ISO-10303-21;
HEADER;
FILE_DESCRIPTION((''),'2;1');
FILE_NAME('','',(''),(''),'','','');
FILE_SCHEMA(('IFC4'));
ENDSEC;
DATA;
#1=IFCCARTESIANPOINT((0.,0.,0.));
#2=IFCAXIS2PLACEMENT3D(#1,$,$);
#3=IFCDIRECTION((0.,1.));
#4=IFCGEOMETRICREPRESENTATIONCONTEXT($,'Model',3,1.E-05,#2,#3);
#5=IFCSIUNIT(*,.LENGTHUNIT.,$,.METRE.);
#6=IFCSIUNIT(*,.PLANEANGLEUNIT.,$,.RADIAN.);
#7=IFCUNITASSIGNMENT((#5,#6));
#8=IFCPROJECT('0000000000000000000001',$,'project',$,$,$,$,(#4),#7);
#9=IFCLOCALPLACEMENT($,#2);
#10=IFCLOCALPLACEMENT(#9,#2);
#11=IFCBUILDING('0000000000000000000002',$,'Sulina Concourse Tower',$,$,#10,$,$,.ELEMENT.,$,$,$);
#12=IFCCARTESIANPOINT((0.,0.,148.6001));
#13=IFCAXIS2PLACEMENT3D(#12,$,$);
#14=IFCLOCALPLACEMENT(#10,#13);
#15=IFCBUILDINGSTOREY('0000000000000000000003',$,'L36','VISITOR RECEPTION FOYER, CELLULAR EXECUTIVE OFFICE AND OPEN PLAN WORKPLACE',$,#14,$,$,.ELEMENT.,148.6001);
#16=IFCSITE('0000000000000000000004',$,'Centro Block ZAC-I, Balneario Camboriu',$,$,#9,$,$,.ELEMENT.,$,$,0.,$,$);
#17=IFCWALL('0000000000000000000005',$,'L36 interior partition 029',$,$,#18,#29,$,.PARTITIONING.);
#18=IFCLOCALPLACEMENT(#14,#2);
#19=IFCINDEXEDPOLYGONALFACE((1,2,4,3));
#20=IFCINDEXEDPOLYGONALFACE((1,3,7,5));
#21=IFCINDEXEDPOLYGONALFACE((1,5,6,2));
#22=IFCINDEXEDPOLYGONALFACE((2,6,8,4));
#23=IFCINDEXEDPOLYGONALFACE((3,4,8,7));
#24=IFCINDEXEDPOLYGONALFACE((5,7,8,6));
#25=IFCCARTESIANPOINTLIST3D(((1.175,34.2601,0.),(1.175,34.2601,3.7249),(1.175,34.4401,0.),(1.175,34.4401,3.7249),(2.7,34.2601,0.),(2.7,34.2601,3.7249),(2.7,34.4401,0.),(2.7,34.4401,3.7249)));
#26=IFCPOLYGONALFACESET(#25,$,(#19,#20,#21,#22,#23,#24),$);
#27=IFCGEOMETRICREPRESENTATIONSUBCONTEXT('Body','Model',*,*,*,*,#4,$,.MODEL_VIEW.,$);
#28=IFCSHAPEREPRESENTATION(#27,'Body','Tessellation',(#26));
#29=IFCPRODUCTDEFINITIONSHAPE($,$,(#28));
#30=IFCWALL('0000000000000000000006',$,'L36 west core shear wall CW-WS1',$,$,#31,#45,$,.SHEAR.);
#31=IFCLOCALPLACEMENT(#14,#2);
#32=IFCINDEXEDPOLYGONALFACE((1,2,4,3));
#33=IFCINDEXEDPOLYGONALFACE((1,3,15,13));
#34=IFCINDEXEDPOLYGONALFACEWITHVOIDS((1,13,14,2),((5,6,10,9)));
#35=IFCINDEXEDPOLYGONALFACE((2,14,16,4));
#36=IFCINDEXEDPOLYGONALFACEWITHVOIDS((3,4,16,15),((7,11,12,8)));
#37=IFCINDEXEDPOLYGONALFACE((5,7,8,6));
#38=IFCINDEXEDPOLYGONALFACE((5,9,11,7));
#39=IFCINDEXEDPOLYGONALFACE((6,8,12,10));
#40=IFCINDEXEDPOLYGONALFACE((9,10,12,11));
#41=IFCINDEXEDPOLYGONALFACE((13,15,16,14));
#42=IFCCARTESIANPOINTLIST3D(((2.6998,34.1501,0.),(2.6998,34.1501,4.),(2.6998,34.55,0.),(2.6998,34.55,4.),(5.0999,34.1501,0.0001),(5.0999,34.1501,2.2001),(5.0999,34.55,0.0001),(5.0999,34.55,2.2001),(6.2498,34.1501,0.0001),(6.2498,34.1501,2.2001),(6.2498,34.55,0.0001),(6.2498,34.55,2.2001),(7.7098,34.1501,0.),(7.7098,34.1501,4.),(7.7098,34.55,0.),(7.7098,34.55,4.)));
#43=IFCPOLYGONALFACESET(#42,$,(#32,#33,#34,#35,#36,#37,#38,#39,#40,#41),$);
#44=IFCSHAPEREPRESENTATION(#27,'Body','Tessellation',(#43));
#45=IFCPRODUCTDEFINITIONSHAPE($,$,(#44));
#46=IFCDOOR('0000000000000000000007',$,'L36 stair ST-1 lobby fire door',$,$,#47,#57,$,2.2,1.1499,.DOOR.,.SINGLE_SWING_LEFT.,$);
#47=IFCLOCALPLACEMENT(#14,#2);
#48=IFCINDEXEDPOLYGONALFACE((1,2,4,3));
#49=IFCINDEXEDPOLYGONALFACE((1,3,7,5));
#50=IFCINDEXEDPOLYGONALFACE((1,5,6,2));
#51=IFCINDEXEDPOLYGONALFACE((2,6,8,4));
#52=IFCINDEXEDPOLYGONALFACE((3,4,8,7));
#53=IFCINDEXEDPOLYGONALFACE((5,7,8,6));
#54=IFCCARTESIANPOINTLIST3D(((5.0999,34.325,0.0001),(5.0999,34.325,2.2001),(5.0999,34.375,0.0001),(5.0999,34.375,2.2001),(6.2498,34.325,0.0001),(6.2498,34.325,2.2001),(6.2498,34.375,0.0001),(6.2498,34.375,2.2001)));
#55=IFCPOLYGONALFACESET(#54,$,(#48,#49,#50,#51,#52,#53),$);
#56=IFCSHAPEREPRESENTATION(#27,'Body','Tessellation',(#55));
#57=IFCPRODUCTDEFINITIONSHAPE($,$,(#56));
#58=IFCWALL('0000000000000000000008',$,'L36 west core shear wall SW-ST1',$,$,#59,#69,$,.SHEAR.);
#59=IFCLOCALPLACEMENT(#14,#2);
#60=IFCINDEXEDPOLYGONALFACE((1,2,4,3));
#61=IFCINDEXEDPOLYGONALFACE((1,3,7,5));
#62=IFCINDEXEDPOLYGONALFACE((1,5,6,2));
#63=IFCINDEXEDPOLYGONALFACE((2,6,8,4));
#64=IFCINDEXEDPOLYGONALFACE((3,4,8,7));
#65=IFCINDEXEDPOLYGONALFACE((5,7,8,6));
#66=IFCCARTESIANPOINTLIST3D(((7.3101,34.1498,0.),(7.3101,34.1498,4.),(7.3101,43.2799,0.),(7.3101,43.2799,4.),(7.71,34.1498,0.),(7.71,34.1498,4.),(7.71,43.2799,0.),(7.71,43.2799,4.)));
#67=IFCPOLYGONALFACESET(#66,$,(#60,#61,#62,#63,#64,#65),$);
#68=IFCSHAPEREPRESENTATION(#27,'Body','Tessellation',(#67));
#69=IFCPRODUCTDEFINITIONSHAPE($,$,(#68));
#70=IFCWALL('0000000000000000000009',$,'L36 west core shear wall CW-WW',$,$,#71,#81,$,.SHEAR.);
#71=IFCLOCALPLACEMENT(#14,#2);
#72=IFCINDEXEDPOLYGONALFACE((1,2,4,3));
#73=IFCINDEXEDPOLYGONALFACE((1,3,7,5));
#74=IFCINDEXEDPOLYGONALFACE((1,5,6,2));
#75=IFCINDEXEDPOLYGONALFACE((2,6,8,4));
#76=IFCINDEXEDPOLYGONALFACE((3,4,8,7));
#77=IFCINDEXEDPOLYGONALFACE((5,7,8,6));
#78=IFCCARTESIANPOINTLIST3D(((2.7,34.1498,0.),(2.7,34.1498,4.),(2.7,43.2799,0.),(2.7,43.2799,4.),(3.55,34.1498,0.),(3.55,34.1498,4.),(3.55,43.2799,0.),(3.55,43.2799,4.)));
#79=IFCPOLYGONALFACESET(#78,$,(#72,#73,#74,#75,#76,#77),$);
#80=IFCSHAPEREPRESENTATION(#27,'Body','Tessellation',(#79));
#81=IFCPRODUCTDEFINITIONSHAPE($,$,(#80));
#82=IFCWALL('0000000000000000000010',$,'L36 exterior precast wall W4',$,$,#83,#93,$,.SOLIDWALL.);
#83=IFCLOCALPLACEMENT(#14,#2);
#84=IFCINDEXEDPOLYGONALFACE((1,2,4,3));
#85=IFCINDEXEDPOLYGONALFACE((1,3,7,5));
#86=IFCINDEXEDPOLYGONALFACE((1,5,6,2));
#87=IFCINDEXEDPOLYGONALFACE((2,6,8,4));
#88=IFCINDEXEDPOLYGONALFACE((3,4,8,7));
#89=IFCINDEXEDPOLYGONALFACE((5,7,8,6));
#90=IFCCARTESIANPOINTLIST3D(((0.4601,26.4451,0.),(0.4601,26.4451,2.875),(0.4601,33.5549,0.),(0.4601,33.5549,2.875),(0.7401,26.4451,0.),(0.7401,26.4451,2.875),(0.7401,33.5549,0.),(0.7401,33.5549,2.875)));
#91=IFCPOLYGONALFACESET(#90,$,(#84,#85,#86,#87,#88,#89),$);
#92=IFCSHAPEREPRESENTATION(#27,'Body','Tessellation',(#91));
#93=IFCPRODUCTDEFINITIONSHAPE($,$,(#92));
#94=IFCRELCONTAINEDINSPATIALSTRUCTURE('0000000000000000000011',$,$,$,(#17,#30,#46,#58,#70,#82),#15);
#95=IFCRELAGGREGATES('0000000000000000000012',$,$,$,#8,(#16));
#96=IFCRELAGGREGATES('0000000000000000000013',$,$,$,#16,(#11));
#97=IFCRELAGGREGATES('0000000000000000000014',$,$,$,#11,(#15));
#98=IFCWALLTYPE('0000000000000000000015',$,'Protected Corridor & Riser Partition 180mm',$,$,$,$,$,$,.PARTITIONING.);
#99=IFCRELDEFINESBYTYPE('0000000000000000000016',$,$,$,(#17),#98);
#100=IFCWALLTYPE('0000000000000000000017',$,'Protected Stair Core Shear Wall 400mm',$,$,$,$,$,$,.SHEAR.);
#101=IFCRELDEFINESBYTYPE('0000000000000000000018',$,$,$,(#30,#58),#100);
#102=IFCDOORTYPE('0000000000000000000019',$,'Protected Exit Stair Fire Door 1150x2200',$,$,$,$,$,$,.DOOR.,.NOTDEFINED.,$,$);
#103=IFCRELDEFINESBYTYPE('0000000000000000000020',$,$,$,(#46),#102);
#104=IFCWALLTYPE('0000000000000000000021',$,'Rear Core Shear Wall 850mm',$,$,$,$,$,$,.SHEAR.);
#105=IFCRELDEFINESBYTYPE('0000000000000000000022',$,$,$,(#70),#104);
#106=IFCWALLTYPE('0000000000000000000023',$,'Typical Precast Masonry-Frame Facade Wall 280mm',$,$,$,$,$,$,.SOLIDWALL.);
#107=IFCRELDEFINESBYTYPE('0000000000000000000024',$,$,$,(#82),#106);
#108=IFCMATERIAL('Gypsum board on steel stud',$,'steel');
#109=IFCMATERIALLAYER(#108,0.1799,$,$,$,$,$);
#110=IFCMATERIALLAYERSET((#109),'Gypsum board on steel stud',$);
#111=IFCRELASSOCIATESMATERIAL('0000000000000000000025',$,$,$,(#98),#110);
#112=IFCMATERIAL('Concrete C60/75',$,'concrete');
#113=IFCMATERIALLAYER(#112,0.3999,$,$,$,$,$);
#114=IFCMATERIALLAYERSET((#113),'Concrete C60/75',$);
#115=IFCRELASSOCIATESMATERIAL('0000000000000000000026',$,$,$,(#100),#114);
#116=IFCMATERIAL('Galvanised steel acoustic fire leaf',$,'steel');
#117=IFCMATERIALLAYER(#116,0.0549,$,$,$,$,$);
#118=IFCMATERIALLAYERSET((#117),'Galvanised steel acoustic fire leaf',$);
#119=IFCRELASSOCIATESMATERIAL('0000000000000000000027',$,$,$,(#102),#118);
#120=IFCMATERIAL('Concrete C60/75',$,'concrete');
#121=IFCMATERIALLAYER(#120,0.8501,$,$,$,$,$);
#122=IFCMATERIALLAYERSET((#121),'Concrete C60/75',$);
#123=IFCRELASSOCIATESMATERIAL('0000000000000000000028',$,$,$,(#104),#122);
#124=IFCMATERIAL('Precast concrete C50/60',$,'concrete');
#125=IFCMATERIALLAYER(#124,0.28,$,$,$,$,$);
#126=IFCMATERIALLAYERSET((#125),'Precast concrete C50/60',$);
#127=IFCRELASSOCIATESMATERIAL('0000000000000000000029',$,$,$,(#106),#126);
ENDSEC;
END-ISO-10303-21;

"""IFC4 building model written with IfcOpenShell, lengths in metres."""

from ifc_helpers import new_model, si_unit, direction, frame, frame_2d, origin, place, context, subcontext, project, spatial, rectangle, extrude, material, layer, layer_set, type_object, element, fill, save


model = new_model("IFC4")

# Units and contexts
model_context = context("Model", 3, precision=1e-05, world=origin(), true_north=direction((0.0, 1.0)))
body_context = subcontext(model_context, "Body", "Model", "MODEL_VIEW")
ifc_project = project(units=[si_unit("LENGTHUNIT", "METRE"), si_unit("PLANEANGLEUNIT", "RADIAN")], contexts=[model_context])

# Site, building, storey
site_placement = place(None, origin())
site = spatial("IfcSite", under=ifc_project, at=site_placement, Name="Centro Block ZAC-I, Balneario Camboriu", CompositionType="ELEMENT", RefElevation=0.0)
building_placement = place(site_placement, origin())
building = spatial("IfcBuilding", under=site, at=building_placement, Name="Sulina Concourse Tower", CompositionType="ELEMENT")
storey_placement = place(building_placement, frame((0.0, 0.0, 148.6001)))
storey = spatial("IfcBuildingStorey", under=building, at=storey_placement, Name="L36", Description="VISITOR RECEPTION FOYER, CELLULAR EXECUTIVE OFFICE AND OPEN PLAN WORKPLACE", CompositionType="ELEMENT", Elevation=148.6001)

# Wall
ifc_material_1 = material(Name="Gypsum board on steel stud", Category="steel")
ifc_layer_1 = layer(ifc_material_1, 0.1799)
ifc_layer_set_1 = layer_set([ifc_layer_1], Name="Gypsum board on steel stud")
wall_type_1 = type_object("IfcWallType", Name="Protected Corridor & Riser Partition 180mm", PredefinedType="PARTITIONING", material=ifc_layer_set_1)
wall_1_placement = place(storey_placement, frame((1.175, 34.3501, 0.0), z_axis=(0.0, 0.0, 1.0), x_axis=(1.0, 0.0, 0.0)))
element("IfcWall", 1, at=wall_1_placement, inside=storey, type_object=wall_type_1, Name="L36 interior partition 029", PredefinedType="PARTITIONING", context=body_context, shape_type="SweptSolid", body=[
    extrude(rectangle(XDim=1.5249, YDim=0.1799, at=frame_2d((0.7625, 0.0))), origin(), (0.0, 0.0, 1.0), 3.7249),
])

# Wall, opening, door
ifc_material_2 = material(Name="Concrete C60/75", Category="concrete")
ifc_layer_2 = layer(ifc_material_2, 0.3999)
ifc_layer_set_2 = layer_set([ifc_layer_2], Name="Concrete C60/75")
wall_type_2 = type_object("IfcWallType", Name="Protected Stair Core Shear Wall 400mm", PredefinedType="SHEAR", material=ifc_layer_set_2)
wall_2_placement = place(storey_placement, frame((2.7, 34.3501, 0.0), z_axis=(0.0, 0.0, 1.0), x_axis=(1.0, 0.0, 0.0)))
wall_2 = element("IfcWall", 2, at=wall_2_placement, inside=storey, type_object=wall_type_2, Name="L36 west core shear wall CW-WS1", PredefinedType="SHEAR", context=body_context, shape_type="SweptSolid", body=[
    extrude(rectangle(XDim=5.01, YDim=0.3999, at=frame_2d((2.5049, 0.0))), origin(), (0.0, 0.0, 1.0), 4.0),
])
opening_placement = place(wall_2_placement, frame((2.3999, 0.0, 0.0)))
opening = element("IfcOpeningElement", 3, at=opening_placement, cuts=wall_2, PredefinedType="OPENING", context=body_context, shape_type="SweptSolid", body=[
    extrude(rectangle(XDim=1.1499, YDim=2.2, at=frame_2d((0.575, 1.1001))), frame((0.0, 0.21, 0.0), z_axis=(0.0, -1.0, 0.0), x_axis=(1.0, 0.0, 0.0)), (0.0, 0.0, 1.0), 0.4199),
])
ifc_material_3 = material(Name="Galvanised steel acoustic fire leaf", Category="steel")
ifc_layer_3 = layer(ifc_material_3, 0.0549)
ifc_layer_set_3 = layer_set([ifc_layer_3], Name="Galvanised steel acoustic fire leaf")
door_type = type_object("IfcDoorType", Name="Protected Exit Stair Fire Door 1150x2200", OperationType="NOTDEFINED", PredefinedType="DOOR", material=ifc_layer_set_3)
door_placement = place(opening_placement, origin())
door = element("IfcDoor", 4, at=door_placement, inside=storey, type_object=door_type, Name="L36 stair ST-1 lobby fire door", OperationType="SINGLE_SWING_LEFT", OverallHeight=2.2, OverallWidth=1.1499, PredefinedType="DOOR", context=body_context, shape_type="SweptSolid", body=[
    extrude(rectangle(XDim=1.1499, YDim=2.2, at=frame_2d((0.575, 1.1001))), frame((0.0, 0.0249, 0.0), z_axis=(0.0, -1.0, 0.0), x_axis=(1.0, 0.0, 0.0)), (0.0, 0.0, 1.0), 0.05),
])
fill(opening, door)

# Walls
wall_3_placement = place(storey_placement, frame((7.51, 34.1499, 0.0), z_axis=(0.0, 0.0, 1.0), x_axis=(0.0, 1.0, 0.0)))
element("IfcWall", 5, at=wall_3_placement, inside=storey, type_object=wall_type_2, Name="L36 west core shear wall SW-ST1", PredefinedType="SHEAR", context=body_context, shape_type="SweptSolid", body=[
    extrude(rectangle(XDim=9.1301, YDim=0.3999, at=frame_2d((4.5649, 0.0))), origin(), (0.0, 0.0, 1.0), 4.0),
])
ifc_material_4 = material(Name="Concrete C60/75", Category="concrete")
ifc_layer_4 = layer(ifc_material_4, 0.8501)
ifc_layer_set_4 = layer_set([ifc_layer_4], Name="Concrete C60/75")
wall_type_3 = type_object("IfcWallType", Name="Rear Core Shear Wall 850mm", PredefinedType="SHEAR", material=ifc_layer_set_4)
wall_4_placement = place(storey_placement, frame((3.125, 34.1499, 0.0), z_axis=(0.0, 0.0, 1.0), x_axis=(0.0, 1.0, 0.0)))
element("IfcWall", 6, at=wall_4_placement, inside=storey, type_object=wall_type_3, Name="L36 west core shear wall CW-WW", PredefinedType="SHEAR", context=body_context, shape_type="SweptSolid", body=[
    extrude(rectangle(XDim=9.1301, YDim=0.8501, at=frame_2d((4.5649, 0.0))), origin(), (0.0, 0.0, 1.0), 4.0),
])
ifc_material_5 = material(Name="Precast concrete C50/60", Category="concrete")
ifc_layer_5 = layer(ifc_material_5, 0.28)
ifc_layer_set_5 = layer_set([ifc_layer_5], Name="Precast concrete C50/60")
wall_type_4 = type_object("IfcWallType", Name="Typical Precast Masonry-Frame Facade Wall 280mm", PredefinedType="SOLIDWALL", material=ifc_layer_set_5)
wall_5_placement = place(storey_placement, frame((0.6001, 26.4451, 0.0), z_axis=(0.0, 0.0, 1.0), x_axis=(0.0, 1.0, 0.0)))
element("IfcWall", 7, at=wall_5_placement, inside=storey, type_object=wall_type_4, Name="L36 exterior precast wall W4", PredefinedType="SOLIDWALL", context=body_context, shape_type="SweptSolid", body=[
    extrude(rectangle(XDim=7.1099, YDim=0.28, at=frame_2d((3.5549, 0.0))), origin(), (0.0, 0.0, 1.0), 2.875),
])

save(model, "model.ifc")
